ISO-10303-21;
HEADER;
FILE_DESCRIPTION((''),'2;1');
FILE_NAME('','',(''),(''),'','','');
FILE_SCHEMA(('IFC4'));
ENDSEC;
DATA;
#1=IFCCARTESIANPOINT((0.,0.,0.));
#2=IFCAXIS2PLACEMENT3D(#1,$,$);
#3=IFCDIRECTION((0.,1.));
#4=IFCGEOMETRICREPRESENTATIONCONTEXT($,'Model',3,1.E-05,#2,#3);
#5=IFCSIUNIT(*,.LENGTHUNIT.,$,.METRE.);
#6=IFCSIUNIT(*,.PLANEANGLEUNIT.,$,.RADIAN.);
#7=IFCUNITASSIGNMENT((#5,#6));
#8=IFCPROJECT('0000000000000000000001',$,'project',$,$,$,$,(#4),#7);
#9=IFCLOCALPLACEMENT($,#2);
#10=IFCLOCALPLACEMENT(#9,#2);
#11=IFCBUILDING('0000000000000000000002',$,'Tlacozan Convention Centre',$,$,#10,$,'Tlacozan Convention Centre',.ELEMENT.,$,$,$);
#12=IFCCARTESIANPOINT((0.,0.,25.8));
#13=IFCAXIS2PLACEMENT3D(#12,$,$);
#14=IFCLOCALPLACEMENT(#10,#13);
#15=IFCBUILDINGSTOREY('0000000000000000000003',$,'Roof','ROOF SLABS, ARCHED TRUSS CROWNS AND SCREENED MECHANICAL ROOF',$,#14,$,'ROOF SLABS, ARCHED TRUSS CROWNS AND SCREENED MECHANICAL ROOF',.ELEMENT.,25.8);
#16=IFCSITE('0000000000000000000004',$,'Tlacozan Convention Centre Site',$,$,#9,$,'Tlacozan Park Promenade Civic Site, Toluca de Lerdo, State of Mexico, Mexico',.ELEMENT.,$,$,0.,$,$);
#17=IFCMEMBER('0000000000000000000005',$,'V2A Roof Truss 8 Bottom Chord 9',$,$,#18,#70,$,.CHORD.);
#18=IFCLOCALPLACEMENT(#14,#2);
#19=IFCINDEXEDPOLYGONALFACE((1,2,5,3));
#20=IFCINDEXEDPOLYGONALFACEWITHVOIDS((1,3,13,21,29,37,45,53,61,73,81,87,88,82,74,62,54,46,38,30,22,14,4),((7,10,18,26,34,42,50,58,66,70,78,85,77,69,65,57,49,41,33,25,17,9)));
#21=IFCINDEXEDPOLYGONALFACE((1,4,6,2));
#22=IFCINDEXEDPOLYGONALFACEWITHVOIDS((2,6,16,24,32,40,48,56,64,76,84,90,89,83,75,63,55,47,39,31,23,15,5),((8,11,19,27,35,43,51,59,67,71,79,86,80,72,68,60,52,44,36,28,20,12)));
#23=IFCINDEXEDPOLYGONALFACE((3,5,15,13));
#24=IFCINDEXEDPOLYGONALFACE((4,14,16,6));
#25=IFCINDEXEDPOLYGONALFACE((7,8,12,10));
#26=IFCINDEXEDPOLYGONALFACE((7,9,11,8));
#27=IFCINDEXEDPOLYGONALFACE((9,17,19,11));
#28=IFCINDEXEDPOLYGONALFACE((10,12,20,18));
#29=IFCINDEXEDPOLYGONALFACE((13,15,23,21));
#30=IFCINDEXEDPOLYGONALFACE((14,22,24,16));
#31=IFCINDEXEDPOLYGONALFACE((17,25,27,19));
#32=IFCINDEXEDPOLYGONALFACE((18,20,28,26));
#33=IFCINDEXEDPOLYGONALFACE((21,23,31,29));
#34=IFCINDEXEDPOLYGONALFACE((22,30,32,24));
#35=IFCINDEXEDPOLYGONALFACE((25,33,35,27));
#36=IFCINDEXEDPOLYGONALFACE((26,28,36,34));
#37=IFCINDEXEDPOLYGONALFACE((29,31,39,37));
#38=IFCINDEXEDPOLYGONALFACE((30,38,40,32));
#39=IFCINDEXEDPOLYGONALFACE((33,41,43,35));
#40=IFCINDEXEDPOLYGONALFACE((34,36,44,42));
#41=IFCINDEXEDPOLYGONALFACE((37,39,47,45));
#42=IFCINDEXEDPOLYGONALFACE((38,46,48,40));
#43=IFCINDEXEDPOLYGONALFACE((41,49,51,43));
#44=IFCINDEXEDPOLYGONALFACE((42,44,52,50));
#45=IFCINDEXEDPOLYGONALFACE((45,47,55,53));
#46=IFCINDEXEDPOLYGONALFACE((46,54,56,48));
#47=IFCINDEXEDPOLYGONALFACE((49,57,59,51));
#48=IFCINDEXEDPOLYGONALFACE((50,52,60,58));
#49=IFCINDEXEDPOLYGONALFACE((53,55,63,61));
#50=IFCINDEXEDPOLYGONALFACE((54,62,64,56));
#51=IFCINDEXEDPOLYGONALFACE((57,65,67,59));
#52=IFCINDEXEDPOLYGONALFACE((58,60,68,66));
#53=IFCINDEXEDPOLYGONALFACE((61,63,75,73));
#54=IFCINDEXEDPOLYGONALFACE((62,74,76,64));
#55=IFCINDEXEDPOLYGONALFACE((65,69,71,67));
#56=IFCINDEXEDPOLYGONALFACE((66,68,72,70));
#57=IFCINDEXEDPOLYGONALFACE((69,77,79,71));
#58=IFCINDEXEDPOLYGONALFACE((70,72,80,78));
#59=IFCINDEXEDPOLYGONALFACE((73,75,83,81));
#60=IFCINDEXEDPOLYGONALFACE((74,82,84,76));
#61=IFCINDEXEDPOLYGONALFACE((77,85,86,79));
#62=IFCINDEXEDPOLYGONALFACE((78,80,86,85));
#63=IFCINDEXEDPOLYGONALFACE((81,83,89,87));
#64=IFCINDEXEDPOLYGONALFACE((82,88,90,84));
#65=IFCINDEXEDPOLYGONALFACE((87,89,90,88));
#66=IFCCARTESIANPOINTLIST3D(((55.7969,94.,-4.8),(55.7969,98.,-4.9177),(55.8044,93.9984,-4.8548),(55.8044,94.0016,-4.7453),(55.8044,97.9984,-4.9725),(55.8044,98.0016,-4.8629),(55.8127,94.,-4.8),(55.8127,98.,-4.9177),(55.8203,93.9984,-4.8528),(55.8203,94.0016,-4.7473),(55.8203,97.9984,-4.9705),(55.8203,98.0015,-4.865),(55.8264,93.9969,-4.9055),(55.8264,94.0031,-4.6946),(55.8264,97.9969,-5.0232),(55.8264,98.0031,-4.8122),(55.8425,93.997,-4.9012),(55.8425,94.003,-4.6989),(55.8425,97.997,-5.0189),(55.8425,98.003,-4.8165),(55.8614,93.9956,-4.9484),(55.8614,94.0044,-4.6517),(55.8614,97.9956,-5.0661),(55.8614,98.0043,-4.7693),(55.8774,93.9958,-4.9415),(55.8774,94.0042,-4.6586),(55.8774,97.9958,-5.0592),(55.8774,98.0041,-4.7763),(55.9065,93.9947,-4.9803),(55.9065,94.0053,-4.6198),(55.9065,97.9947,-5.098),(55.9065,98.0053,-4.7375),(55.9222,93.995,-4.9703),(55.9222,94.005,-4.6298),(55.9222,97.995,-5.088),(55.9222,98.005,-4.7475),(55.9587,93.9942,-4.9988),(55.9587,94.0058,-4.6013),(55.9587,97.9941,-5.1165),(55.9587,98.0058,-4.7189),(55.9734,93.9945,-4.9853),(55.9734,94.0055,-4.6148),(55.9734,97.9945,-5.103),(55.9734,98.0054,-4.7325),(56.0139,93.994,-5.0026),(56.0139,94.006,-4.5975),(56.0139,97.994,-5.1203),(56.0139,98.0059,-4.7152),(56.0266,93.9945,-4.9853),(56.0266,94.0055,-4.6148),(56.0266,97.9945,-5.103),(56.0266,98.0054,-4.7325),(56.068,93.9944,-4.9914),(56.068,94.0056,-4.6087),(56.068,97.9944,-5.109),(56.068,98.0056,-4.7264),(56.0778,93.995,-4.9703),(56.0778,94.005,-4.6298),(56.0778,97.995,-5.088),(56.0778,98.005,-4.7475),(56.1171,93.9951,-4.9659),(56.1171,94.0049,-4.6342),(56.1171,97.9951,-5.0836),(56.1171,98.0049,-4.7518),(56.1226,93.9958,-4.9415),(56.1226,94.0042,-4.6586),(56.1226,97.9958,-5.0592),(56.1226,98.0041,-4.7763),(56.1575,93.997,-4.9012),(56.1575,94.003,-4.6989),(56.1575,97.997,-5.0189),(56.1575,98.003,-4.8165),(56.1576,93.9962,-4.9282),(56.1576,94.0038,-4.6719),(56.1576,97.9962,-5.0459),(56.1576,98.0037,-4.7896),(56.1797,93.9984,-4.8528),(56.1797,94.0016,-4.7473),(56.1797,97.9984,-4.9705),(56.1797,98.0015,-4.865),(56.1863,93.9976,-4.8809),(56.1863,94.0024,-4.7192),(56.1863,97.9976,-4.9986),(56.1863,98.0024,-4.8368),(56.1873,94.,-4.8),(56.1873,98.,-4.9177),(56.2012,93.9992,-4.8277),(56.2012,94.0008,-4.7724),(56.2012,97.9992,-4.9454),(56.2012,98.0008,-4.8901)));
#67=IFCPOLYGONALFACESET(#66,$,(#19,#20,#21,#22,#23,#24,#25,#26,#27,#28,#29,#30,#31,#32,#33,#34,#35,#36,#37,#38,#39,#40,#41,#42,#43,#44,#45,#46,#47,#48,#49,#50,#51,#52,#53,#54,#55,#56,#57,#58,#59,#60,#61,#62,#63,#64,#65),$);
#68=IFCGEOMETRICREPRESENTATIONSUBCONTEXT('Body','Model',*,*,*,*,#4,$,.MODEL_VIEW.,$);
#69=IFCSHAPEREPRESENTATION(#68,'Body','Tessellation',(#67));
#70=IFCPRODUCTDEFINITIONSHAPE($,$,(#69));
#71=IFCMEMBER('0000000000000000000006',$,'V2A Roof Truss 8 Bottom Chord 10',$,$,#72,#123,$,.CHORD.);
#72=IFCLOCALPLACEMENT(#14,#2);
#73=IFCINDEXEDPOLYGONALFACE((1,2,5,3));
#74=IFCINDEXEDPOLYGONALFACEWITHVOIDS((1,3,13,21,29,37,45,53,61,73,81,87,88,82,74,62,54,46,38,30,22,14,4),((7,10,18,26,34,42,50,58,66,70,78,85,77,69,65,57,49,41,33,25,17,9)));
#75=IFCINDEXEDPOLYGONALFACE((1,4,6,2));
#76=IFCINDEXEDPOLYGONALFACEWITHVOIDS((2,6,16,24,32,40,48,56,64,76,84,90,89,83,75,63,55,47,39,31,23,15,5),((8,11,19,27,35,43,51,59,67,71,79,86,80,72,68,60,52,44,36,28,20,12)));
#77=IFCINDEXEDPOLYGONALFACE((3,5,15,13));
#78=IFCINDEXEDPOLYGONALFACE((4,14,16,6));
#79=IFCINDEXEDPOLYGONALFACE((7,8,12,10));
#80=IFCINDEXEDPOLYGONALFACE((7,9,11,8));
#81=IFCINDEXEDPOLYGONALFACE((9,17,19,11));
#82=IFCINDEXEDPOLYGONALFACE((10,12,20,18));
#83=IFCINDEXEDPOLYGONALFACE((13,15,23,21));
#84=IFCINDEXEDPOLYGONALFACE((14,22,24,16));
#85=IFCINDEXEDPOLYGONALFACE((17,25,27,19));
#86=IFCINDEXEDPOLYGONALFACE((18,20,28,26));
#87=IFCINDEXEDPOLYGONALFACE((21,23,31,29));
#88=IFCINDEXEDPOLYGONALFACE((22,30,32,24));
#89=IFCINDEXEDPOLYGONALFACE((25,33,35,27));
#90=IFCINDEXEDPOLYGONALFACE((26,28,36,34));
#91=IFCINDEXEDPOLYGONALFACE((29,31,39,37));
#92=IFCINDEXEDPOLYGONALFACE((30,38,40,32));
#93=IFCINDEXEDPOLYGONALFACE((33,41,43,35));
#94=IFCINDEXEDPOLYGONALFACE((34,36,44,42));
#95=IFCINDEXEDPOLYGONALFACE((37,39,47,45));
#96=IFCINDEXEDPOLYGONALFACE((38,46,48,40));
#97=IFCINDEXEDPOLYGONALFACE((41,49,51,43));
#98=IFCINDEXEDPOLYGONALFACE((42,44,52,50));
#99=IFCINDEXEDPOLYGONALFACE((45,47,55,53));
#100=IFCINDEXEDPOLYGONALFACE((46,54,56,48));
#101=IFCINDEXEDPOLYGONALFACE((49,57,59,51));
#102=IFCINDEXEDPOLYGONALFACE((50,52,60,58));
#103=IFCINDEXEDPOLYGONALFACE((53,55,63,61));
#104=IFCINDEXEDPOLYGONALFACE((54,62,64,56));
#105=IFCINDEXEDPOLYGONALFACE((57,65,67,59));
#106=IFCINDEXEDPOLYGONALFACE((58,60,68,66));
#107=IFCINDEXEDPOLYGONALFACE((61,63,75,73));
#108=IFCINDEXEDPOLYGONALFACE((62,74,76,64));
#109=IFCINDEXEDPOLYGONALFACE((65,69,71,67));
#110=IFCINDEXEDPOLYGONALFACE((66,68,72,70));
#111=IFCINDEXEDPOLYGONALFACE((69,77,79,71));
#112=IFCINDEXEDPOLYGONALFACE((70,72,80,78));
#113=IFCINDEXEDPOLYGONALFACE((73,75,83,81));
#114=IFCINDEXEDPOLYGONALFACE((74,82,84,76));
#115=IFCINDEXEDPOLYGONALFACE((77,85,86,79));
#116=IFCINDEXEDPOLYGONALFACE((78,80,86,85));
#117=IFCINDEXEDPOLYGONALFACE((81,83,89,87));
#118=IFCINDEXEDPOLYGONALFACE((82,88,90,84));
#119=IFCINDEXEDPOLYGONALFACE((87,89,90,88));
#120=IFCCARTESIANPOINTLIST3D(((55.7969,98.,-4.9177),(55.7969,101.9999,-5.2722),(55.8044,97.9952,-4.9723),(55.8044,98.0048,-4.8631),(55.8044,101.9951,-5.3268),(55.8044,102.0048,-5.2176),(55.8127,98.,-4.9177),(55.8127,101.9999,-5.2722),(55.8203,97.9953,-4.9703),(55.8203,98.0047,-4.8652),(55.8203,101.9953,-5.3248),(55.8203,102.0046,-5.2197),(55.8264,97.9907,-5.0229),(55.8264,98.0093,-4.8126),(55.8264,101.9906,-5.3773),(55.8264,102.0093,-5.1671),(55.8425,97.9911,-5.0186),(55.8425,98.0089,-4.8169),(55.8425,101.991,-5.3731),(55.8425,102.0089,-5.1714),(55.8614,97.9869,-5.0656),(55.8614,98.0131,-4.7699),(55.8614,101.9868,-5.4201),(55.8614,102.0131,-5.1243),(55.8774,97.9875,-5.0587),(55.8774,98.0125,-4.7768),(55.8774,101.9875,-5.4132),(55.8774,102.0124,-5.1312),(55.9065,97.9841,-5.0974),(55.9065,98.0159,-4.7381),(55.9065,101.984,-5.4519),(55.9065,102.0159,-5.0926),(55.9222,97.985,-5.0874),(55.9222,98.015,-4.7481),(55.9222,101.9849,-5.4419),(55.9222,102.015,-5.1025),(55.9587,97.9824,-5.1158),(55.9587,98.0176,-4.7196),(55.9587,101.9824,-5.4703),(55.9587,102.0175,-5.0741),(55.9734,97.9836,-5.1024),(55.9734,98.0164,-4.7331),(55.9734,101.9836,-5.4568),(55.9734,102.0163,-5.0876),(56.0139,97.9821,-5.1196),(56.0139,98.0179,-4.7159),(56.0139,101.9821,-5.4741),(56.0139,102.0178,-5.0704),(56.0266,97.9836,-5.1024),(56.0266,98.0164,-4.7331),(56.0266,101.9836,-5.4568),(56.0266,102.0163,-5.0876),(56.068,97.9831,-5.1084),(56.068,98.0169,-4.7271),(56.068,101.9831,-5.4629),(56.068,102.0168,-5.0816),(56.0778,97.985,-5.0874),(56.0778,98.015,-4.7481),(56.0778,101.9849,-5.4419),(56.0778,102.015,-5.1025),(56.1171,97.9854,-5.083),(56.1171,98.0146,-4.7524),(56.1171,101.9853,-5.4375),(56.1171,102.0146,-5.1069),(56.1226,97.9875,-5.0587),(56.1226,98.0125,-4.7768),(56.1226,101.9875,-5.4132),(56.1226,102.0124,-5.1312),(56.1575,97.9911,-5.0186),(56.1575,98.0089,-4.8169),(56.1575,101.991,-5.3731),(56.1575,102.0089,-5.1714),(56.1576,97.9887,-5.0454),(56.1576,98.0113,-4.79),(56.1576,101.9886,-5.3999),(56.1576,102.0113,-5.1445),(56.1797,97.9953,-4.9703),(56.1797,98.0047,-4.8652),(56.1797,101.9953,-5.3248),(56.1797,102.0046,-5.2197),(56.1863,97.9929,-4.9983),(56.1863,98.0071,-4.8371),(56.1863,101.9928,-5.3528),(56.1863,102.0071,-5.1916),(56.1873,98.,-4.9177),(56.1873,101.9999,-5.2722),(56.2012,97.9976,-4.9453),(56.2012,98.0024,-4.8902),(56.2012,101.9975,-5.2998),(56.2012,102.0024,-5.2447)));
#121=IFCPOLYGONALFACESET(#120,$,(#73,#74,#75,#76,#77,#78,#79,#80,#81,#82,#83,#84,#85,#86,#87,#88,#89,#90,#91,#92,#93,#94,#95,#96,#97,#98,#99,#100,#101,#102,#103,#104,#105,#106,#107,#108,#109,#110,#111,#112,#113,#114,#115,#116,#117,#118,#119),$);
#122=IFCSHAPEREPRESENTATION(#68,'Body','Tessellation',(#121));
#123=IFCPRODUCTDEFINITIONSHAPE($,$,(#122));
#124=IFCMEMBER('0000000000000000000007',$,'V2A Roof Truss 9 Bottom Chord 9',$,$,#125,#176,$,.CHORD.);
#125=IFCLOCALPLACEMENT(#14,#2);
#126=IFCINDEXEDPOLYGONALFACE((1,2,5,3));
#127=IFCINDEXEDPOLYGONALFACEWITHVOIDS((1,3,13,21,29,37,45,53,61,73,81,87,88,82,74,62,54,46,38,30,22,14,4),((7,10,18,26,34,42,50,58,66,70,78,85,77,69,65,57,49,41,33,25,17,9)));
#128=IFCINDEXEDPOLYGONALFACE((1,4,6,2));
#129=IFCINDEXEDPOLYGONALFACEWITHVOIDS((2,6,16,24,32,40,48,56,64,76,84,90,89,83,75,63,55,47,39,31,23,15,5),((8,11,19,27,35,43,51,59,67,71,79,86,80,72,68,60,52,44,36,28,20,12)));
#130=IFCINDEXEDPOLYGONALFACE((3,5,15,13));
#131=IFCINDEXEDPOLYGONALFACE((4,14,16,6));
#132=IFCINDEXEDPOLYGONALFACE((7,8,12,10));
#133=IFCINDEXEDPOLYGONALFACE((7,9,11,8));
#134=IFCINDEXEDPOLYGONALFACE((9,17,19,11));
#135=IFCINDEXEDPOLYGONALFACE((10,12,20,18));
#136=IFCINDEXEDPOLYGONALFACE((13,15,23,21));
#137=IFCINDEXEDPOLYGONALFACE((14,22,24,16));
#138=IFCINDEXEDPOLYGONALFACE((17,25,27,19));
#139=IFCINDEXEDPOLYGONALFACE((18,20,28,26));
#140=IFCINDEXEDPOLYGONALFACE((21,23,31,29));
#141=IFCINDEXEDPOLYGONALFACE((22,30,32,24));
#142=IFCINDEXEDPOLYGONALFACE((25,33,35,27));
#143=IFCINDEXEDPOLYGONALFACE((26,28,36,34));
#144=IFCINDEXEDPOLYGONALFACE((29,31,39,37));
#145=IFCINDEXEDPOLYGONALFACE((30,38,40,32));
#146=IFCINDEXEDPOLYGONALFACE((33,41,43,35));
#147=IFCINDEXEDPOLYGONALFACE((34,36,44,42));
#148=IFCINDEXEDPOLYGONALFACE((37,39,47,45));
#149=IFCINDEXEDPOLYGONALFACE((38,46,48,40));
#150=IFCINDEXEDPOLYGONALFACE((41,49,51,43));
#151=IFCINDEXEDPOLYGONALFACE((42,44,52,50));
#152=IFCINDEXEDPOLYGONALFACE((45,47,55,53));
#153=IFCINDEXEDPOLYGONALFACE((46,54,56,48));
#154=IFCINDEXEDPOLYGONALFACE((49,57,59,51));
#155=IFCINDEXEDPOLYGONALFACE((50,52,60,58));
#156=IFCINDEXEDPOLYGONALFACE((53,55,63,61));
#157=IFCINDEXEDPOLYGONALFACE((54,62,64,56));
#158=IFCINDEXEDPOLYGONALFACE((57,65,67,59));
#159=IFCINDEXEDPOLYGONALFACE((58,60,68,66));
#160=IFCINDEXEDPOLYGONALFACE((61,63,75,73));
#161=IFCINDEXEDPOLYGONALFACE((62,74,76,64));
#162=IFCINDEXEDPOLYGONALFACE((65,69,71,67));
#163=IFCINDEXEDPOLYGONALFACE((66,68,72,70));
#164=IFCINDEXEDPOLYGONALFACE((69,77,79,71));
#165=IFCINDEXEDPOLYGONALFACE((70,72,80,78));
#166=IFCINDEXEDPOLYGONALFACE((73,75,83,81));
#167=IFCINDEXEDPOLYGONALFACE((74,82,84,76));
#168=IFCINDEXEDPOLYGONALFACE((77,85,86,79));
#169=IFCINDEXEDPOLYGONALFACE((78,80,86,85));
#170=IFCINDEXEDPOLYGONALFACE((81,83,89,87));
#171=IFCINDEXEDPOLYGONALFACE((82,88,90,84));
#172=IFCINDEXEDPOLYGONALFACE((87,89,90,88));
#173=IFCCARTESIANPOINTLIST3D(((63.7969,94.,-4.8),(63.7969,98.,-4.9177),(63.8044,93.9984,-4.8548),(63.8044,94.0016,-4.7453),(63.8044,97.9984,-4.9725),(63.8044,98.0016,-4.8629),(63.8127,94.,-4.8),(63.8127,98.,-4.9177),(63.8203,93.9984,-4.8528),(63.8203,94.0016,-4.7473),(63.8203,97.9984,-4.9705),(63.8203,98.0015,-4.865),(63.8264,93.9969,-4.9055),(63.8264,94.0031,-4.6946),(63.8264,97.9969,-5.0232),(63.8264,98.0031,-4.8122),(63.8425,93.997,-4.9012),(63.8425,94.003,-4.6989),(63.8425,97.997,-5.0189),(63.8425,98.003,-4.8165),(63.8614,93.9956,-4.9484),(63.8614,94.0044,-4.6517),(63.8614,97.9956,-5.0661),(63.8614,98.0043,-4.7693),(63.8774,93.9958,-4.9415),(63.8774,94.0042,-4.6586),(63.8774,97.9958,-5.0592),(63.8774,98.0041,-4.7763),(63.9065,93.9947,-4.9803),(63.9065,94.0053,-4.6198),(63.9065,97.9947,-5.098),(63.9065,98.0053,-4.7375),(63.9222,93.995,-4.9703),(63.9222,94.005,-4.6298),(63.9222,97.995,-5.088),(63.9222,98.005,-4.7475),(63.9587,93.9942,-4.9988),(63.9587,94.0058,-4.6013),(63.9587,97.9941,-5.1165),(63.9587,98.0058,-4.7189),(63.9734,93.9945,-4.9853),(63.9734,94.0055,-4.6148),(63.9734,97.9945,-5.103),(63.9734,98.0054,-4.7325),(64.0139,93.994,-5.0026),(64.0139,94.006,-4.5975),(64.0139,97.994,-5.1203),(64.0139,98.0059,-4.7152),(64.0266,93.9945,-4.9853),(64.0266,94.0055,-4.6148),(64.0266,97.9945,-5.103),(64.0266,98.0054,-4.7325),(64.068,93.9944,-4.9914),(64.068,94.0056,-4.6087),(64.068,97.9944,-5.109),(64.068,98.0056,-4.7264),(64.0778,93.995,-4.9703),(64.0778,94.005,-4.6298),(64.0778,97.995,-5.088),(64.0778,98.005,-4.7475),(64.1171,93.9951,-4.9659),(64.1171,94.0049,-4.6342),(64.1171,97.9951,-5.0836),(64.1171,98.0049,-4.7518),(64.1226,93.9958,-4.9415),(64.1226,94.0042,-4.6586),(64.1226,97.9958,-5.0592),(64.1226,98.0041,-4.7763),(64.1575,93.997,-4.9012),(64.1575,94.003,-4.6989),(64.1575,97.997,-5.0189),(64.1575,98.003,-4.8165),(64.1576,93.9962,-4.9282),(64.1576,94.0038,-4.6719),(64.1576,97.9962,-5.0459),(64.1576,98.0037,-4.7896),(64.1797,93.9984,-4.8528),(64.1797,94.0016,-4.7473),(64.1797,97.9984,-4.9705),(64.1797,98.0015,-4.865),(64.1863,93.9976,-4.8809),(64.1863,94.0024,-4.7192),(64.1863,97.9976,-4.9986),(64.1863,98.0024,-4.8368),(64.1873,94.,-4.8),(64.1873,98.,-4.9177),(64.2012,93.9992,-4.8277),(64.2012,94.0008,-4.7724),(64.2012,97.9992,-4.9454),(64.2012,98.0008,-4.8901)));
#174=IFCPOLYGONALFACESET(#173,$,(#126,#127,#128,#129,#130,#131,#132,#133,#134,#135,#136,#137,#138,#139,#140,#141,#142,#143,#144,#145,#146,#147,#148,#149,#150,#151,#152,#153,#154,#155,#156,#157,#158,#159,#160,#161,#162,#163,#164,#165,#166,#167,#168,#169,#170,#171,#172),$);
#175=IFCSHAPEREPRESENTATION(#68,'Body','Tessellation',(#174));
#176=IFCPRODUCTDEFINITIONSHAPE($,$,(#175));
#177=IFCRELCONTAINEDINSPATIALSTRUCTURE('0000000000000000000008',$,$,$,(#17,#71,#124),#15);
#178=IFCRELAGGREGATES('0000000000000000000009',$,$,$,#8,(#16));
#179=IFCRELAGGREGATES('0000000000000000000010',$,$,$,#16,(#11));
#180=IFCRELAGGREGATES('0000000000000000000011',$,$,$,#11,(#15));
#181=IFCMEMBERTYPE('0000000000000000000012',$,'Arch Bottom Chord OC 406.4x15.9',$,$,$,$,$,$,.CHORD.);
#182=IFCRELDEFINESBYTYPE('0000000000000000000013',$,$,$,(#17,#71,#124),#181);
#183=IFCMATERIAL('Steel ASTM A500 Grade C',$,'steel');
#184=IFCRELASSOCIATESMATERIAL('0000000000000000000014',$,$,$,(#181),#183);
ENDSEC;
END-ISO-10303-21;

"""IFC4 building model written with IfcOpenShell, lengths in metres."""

from ifc_helpers import new_model, si_unit, direction, frame, origin, origin_2d, place, context, subcontext, project, spatial, hollow_circle, extrude, material, material_profile, profile_set, type_object, element, save


model = new_model("IFC4")

# Units and contexts
model_context = context("Model", 3, precision=1e-05, world=origin(), true_north=direction((0.0, 1.0)))
body_context = subcontext(model_context, "Body", "Model", "MODEL_VIEW")
ifc_project = project(units=[si_unit("LENGTHUNIT", "METRE"), si_unit("PLANEANGLEUNIT", "RADIAN")], contexts=[model_context])

# Site, building, storey
site_placement = place(None, origin())
site = spatial("IfcSite", under=ifc_project, at=site_placement, Name="Tlacozan Convention Centre Site", LongName="Tlacozan Park Promenade Civic Site, Toluca de Lerdo, State of Mexico, Mexico", CompositionType="ELEMENT", RefElevation=0.0)
building_placement = place(site_placement, origin())
building = spatial("IfcBuilding", under=site, at=building_placement, Name="Tlacozan Convention Centre", LongName="Tlacozan Convention Centre", CompositionType="ELEMENT")
storey_placement = place(building_placement, frame((0.0, 0.0, 25.8)))
storey = spatial("IfcBuildingStorey", under=building, at=storey_placement, Name="Roof", Description="ROOF SLABS, ARCHED TRUSS CROWNS AND SCREENED MECHANICAL ROOF", LongName="ROOF SLABS, ARCHED TRUSS CROWNS AND SCREENED MECHANICAL ROOF", CompositionType="ELEMENT", Elevation=25.8)

# Members
ifc_material_1 = material(Name="Steel ASTM A500 Grade C", Category="steel")
ifc_material_profile_1 = material_profile(ifc_material_1, hollow_circle(Radius=0.2031, WallThickness=0.0159, at=origin_2d()), Name="OC 406.4x15.9")
ifc_profile_set_1 = profile_set([ifc_material_profile_1], Name="Steel ASTM A500 Grade C")
member_type_1 = type_object("IfcMemberType", Name="Arch Bottom Chord OC 406.4x15.9", PredefinedType="CHORD", material=ifc_profile_set_1)
member_1_placement = place(storey_placement, frame((56.0, 94.0, -4.8), z_axis=(0.0, 0.999568, -0.029406), x_axis=(-1.0, 0.0, 0.0)))
element("IfcMember", 1, at=member_1_placement, inside=storey, type_object=member_type_1, Name="V2A Roof Truss 8 Bottom Chord 9", PredefinedType="CHORD", context=body_context, shape_type="SweptSolid", body=[
    extrude(hollow_circle(Radius=0.2031, WallThickness=0.0159, at=origin_2d()), origin(), (0.0, 0.0, 1.0), 4.0017),
])
member_2_placement = place(storey_placement, frame((56.0, 98.0, -4.9177), z_axis=(0.0, 0.996096, -0.088277), x_axis=(-1.0, 0.0, 0.0)))
element("IfcMember", 2, at=member_2_placement, inside=storey, type_object=member_type_1, Name="V2A Roof Truss 8 Bottom Chord 10", PredefinedType="CHORD", context=body_context, shape_type="SweptSolid", body=[
    extrude(hollow_circle(Radius=0.2031, WallThickness=0.0159, at=origin_2d()), origin(), (0.0, 0.0, 1.0), 4.0156),
])
member_3_placement = place(storey_placement, frame((64.0, 94.0, -4.8), z_axis=(0.0, 0.999568, -0.029406), x_axis=(-1.0, 0.0, 0.0)))
element("IfcMember", 3, at=member_3_placement, inside=storey, type_object=member_type_1, Name="V2A Roof Truss 9 Bottom Chord 9", PredefinedType="CHORD", context=body_context, shape_type="SweptSolid", body=[
    extrude(hollow_circle(Radius=0.2031, WallThickness=0.0159, at=origin_2d()), origin(), (0.0, 0.0, 1.0), 4.0017),
])

save(model, "model.ifc")
